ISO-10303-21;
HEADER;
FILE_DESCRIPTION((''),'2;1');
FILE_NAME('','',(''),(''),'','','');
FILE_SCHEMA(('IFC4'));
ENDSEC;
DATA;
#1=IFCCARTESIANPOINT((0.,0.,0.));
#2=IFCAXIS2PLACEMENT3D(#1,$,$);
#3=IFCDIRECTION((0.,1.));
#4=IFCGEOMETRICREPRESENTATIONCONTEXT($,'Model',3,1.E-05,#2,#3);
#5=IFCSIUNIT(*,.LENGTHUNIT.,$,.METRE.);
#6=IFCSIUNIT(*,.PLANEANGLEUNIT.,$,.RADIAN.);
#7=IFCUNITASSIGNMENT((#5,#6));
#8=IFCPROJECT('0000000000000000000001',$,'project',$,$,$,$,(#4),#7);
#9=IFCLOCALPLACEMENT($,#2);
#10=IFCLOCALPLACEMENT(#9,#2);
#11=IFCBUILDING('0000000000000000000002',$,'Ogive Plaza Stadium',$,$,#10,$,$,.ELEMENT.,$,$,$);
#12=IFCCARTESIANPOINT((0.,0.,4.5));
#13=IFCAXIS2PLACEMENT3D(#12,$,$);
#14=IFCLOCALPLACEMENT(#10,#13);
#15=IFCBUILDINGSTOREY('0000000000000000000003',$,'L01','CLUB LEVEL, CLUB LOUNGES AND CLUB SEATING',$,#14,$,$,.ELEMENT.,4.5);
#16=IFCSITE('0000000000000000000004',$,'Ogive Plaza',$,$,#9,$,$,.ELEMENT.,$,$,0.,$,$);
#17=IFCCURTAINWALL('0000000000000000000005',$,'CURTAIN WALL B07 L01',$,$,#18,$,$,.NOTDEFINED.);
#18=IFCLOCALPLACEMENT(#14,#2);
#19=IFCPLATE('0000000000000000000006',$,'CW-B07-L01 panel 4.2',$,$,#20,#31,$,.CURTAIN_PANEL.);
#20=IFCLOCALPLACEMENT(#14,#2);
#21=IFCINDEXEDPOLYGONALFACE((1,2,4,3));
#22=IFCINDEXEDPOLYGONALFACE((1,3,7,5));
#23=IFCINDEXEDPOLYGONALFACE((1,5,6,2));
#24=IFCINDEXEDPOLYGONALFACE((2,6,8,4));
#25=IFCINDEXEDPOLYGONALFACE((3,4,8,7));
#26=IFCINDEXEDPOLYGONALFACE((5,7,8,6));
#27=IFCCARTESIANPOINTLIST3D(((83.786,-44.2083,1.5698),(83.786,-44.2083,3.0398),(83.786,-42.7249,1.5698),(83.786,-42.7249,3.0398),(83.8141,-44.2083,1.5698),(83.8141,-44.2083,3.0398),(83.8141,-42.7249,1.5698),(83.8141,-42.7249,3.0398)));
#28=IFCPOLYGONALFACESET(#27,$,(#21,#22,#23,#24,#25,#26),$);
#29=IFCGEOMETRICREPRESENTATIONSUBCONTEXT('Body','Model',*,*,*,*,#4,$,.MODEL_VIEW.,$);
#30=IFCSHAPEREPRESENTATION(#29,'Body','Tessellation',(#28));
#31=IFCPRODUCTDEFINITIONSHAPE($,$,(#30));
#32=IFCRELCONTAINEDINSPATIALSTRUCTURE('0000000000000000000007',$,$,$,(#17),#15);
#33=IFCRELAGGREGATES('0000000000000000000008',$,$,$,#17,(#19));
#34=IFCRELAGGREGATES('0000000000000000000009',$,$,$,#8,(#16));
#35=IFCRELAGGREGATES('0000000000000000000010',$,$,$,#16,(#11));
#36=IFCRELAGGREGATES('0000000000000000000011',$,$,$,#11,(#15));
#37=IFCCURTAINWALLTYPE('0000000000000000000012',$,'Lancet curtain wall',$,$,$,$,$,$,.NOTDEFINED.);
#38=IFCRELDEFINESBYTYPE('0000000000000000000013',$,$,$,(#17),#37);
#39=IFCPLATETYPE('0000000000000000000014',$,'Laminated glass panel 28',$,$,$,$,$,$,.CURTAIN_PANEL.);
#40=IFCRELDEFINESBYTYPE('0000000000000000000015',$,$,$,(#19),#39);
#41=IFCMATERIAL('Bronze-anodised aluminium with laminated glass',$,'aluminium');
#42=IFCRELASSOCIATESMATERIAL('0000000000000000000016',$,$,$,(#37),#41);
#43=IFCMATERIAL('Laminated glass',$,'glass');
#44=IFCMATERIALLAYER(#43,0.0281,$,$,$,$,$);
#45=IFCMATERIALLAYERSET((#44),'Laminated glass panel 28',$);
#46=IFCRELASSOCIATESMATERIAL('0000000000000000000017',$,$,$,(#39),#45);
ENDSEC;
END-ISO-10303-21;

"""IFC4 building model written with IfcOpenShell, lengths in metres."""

from ifc_helpers import new_model, si_unit, direction, frame, origin, origin_2d, place, context, subcontext, project, spatial, rectangle, extrude, material, layer, layer_set, type_object, element, aggregate, save


model = new_model("IFC4")

# Units and contexts
model_context = context("Model", 3, precision=1e-05, world=origin(), true_north=direction((0.0, 1.0)))
body_context = subcontext(model_context, "Body", "Model", "MODEL_VIEW")
ifc_project = project(units=[si_unit("LENGTHUNIT", "METRE"), si_unit("PLANEANGLEUNIT", "RADIAN")], contexts=[model_context])

# Site, building, storey
site_placement = place(None, origin())
site = spatial("IfcSite", under=ifc_project, at=site_placement, Name="Ogive Plaza", CompositionType="ELEMENT", RefElevation=0.0)
building_placement = place(site_placement, origin())
building = spatial("IfcBuilding", under=site, at=building_placement, Name="Ogive Plaza Stadium", CompositionType="ELEMENT")
storey_placement = place(building_placement, frame((0.0, 0.0, 4.5)))
storey = spatial("IfcBuildingStorey", under=building, at=storey_placement, Name="L01", Description="CLUB LEVEL, CLUB LOUNGES AND CLUB SEATING", CompositionType="ELEMENT", Elevation=4.5)

# Curtain wall
ifc_material_1 = material(Name="Bronze-anodised aluminium with laminated glass", Category="aluminium")
curtain_wall_type = type_object("IfcCurtainWallType", Name="Lancet curtain wall", PredefinedType="NOTDEFINED", material=ifc_material_1)
curtain_wall_1_placement = place(storey_placement, origin())
curtain_wall_1 = element("IfcCurtainWall", 1, at=curtain_wall_1_placement, inside=storey, type_object=curtain_wall_type, Name="CURTAIN WALL B07 L01", PredefinedType="NOTDEFINED")

# Plate
ifc_material_2 = material(Name="Laminated glass", Category="glass")
ifc_layer = layer(ifc_material_2, 0.0281)
ifc_layer_set = layer_set([ifc_layer], Name="Laminated glass panel 28")
plate_type = type_object("IfcPlateType", Name="Laminated glass panel 28", PredefinedType="CURTAIN_PANEL", material=ifc_layer_set)
plate_1_placement = place(storey_placement, frame((83.8, -43.4666, 1.5698), z_axis=(0.0, 0.0, 1.0), x_axis=(0.0, -1.0, 0.0)))
plate_1 = element("IfcPlate", 2, at=plate_1_placement, type_object=plate_type, Name="CW-B07-L01 panel 4.2", PredefinedType="CURTAIN_PANEL", context=body_context, shape_type="SweptSolid", body=[
    extrude(rectangle(XDim=1.4834, YDim=0.0281, at=origin_2d()), origin(), (0.0, 0.0, 1.0), 1.47),
])
aggregate(curtain_wall_1, [plate_1])

save(model, "model.ifc")
